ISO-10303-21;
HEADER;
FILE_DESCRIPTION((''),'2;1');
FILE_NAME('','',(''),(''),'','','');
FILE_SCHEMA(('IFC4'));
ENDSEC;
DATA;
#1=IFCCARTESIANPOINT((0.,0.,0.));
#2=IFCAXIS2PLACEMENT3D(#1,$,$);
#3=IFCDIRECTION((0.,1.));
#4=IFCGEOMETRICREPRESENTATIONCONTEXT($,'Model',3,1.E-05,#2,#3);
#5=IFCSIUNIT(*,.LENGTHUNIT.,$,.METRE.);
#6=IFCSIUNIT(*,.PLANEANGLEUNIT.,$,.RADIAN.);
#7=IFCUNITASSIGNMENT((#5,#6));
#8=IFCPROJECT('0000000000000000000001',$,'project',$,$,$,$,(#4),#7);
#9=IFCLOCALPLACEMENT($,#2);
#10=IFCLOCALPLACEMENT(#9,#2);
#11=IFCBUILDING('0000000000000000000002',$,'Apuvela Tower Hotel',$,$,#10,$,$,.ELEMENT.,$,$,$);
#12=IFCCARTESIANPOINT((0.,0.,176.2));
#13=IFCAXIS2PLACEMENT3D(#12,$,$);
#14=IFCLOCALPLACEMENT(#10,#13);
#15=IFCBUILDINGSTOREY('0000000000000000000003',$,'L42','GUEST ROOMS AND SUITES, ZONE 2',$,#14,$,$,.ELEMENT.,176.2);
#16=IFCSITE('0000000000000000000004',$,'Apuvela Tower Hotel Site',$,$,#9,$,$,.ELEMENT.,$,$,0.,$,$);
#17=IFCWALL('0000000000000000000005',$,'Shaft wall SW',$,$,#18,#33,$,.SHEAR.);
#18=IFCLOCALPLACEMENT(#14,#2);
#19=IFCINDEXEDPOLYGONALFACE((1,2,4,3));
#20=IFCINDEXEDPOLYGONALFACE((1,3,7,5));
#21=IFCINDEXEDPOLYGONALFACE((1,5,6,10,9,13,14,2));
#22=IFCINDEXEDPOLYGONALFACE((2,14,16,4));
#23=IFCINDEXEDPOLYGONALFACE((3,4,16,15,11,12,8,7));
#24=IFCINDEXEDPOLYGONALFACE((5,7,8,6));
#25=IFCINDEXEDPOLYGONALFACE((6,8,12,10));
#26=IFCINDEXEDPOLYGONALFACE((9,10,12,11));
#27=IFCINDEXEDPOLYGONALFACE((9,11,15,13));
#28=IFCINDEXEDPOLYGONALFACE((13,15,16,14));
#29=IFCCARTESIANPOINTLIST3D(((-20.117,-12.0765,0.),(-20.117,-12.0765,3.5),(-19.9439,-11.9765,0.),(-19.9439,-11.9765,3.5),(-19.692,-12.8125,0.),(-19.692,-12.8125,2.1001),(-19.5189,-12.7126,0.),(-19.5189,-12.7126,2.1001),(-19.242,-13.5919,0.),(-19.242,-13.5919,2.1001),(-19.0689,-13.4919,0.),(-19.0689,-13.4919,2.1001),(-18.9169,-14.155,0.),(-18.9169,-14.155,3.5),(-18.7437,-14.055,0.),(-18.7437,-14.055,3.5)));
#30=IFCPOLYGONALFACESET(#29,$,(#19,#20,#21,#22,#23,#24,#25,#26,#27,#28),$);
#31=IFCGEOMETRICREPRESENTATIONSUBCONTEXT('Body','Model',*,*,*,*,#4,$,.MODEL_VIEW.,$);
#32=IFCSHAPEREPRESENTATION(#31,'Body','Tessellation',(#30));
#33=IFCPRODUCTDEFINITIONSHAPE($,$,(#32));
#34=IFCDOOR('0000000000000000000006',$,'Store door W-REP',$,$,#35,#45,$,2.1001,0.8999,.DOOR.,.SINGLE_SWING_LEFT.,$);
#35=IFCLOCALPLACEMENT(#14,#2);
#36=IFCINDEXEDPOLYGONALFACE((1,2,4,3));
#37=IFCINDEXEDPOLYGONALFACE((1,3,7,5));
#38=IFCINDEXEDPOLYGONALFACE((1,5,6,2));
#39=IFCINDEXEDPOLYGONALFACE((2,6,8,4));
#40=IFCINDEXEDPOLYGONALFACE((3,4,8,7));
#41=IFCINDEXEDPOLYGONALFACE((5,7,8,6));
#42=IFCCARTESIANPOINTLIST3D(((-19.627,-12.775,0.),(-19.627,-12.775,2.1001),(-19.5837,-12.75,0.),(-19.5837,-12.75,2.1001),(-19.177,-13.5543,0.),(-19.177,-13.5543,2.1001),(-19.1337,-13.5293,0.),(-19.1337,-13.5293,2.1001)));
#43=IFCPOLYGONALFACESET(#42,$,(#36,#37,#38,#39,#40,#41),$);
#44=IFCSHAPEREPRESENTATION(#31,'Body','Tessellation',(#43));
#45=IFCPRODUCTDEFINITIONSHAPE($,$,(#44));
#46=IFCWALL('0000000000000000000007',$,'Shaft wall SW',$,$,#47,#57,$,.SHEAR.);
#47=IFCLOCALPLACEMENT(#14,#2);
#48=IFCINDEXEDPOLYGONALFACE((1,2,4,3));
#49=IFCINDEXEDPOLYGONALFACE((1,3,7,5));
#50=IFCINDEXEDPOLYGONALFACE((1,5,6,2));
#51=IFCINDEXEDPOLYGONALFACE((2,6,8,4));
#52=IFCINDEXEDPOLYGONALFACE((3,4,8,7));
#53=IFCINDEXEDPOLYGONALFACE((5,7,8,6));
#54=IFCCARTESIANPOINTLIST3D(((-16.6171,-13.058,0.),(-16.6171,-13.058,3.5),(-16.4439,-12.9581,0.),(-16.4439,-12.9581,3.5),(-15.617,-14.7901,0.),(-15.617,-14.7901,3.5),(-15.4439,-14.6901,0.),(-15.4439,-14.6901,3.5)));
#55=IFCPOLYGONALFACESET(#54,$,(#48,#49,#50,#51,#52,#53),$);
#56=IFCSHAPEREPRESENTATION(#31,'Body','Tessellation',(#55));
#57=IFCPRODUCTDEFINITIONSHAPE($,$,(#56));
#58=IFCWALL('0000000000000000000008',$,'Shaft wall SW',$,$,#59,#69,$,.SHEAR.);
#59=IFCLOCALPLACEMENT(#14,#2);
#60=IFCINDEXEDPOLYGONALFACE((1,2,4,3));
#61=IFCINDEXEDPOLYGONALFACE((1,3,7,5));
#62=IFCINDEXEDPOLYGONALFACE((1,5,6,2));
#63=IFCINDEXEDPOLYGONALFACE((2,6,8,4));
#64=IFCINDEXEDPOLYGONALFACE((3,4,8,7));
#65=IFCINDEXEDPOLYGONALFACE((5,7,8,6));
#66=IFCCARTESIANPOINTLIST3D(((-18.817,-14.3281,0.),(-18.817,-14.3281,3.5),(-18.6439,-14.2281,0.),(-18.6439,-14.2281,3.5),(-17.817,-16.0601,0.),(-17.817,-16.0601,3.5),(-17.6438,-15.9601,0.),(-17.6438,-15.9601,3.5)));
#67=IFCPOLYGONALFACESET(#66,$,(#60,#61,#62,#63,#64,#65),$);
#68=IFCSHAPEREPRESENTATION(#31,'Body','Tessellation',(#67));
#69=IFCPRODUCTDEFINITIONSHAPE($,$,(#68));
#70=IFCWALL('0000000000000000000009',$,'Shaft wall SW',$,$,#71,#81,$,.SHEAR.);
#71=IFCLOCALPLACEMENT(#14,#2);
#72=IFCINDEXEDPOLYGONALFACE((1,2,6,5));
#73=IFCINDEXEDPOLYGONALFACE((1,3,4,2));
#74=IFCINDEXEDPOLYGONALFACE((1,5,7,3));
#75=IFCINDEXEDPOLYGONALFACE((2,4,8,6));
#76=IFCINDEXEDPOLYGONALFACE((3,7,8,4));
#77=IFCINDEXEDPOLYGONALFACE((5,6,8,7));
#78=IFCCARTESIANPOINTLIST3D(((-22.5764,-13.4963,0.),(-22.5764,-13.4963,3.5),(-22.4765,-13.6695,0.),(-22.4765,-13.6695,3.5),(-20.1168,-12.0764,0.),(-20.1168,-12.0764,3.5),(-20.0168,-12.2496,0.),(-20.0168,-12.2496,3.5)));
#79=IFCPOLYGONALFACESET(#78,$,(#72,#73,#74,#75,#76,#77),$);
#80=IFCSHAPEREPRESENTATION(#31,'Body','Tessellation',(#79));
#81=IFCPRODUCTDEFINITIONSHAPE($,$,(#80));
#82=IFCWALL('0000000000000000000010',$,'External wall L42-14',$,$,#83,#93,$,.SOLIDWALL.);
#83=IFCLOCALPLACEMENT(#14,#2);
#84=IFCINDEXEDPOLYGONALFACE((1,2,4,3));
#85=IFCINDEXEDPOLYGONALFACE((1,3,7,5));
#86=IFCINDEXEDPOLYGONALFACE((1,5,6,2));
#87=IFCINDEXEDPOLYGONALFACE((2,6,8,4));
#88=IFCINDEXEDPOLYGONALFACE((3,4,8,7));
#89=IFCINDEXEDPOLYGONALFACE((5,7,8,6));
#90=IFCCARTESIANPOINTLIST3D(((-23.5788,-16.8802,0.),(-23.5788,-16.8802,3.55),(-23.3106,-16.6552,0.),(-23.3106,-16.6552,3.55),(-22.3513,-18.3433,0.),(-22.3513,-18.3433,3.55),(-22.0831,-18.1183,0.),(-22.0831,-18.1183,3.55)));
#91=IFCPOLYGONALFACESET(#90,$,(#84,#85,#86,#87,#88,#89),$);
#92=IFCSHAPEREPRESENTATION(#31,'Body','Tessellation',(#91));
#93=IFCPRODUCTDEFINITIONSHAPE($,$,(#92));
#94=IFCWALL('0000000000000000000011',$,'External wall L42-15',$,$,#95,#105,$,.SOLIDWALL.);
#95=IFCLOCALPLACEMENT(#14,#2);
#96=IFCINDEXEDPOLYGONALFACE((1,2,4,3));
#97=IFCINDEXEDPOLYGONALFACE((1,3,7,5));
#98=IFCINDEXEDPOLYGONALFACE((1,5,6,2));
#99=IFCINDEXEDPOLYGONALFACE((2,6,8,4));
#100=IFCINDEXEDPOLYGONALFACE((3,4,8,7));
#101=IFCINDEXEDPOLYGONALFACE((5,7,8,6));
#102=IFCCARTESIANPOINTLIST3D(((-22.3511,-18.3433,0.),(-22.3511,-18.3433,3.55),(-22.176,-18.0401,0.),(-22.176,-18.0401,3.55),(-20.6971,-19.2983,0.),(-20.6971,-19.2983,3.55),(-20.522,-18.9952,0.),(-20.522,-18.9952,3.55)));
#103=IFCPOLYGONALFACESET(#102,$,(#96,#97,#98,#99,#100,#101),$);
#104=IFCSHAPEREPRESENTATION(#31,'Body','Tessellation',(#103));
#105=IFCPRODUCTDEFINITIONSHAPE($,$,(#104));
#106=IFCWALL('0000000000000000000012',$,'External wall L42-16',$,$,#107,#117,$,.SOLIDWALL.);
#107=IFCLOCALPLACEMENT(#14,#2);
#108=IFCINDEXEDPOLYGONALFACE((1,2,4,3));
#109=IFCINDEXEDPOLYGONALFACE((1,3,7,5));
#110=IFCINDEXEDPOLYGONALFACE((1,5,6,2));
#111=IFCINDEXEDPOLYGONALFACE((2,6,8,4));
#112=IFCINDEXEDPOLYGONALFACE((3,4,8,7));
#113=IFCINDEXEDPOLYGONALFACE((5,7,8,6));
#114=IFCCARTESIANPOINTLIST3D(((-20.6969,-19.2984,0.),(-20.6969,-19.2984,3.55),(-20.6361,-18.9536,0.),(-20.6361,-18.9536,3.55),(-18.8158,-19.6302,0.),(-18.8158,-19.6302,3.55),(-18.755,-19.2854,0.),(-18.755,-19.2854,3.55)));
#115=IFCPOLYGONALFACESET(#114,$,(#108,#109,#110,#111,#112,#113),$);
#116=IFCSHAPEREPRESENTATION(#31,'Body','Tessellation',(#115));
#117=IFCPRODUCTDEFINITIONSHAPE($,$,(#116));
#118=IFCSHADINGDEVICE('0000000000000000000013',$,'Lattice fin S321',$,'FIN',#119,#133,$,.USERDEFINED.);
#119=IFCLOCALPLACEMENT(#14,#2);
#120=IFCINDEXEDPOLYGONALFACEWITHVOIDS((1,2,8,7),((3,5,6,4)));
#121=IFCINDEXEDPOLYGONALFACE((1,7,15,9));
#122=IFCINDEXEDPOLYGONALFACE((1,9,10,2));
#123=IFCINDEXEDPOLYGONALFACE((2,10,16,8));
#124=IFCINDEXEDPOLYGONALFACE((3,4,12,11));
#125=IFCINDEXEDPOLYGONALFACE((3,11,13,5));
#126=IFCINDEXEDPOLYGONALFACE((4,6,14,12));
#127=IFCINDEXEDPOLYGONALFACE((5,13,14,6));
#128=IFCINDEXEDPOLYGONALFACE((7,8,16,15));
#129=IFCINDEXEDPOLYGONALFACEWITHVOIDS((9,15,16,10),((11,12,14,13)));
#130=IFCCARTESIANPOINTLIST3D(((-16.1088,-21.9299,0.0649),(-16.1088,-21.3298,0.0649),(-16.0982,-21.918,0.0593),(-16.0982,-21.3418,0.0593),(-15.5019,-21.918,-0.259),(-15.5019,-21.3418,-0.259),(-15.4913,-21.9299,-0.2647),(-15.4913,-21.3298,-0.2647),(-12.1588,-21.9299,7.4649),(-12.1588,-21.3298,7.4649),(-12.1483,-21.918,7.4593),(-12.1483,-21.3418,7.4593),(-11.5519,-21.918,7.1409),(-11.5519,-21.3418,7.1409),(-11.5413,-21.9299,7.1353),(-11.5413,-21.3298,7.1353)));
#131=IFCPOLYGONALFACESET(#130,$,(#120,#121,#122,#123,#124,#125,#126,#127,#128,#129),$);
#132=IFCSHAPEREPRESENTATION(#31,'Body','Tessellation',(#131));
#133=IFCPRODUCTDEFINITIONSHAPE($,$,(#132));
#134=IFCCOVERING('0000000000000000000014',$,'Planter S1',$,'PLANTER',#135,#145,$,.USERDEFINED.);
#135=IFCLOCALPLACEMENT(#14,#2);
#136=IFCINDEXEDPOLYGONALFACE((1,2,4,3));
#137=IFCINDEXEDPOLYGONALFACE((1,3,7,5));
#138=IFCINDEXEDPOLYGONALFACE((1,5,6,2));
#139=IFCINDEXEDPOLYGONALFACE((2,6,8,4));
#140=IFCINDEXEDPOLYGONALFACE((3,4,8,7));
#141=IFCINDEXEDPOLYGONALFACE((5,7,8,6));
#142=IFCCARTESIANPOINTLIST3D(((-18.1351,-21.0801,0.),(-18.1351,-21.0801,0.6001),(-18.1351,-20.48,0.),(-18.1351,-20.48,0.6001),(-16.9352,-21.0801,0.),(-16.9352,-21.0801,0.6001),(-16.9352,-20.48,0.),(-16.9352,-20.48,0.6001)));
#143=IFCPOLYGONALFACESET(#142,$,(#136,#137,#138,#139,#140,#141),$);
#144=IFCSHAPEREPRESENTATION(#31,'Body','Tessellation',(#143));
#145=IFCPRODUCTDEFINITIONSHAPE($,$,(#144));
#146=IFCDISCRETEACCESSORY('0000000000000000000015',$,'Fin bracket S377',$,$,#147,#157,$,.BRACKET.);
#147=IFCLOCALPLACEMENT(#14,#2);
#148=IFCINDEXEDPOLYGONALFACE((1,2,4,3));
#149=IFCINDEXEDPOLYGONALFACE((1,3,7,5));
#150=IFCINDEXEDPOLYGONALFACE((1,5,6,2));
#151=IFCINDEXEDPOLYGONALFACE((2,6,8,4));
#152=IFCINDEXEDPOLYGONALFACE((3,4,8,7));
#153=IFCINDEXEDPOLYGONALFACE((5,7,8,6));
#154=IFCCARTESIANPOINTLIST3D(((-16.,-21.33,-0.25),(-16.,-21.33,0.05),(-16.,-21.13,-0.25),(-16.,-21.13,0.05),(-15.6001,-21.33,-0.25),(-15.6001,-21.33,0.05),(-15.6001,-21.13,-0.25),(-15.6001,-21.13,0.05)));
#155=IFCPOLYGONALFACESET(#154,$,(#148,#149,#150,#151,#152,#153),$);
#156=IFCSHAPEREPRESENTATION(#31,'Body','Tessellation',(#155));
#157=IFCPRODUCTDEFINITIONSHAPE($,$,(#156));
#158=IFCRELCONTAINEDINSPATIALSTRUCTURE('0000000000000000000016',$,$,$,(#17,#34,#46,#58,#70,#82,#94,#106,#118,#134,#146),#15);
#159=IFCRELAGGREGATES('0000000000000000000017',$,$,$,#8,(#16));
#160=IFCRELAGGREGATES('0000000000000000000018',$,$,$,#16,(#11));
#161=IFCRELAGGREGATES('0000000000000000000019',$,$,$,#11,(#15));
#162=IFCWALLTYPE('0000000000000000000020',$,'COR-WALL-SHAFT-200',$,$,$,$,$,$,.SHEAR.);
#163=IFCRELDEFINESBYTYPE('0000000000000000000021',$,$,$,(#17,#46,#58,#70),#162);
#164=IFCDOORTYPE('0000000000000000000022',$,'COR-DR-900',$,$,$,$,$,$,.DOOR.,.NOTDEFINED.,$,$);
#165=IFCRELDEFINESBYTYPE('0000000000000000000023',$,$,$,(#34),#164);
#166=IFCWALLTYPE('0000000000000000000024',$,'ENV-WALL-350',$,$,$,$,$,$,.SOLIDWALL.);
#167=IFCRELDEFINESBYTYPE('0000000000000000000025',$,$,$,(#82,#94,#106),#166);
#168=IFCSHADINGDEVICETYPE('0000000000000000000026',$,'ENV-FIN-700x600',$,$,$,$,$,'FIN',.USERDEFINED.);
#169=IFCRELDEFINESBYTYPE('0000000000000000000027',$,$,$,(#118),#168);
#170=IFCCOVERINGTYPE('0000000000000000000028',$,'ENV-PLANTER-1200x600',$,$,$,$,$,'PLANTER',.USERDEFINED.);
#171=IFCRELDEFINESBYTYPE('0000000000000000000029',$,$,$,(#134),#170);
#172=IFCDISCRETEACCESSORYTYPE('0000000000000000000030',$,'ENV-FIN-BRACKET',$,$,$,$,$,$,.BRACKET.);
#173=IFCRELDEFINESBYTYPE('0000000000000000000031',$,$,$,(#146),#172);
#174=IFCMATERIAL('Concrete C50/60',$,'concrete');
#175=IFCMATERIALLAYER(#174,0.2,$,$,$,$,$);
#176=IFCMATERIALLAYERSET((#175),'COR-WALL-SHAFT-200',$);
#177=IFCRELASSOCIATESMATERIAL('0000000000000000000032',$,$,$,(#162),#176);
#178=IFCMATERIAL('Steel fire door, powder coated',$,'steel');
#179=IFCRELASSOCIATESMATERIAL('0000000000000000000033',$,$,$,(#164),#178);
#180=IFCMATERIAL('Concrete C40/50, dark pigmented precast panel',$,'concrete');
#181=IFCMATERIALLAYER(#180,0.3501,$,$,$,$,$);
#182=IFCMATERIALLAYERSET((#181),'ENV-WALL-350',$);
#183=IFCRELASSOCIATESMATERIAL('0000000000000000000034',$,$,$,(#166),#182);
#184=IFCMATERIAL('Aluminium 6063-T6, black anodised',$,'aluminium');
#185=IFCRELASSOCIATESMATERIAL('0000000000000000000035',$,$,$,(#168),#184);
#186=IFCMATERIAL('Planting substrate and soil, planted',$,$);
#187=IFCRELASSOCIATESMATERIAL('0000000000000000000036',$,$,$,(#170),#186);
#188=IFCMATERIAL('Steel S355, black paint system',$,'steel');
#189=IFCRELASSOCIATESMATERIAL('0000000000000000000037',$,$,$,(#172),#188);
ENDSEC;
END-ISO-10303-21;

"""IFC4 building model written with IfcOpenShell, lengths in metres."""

from ifc_helpers import new_model, si_unit, direction, frame, frame_2d, origin, origin_2d, place, context, subcontext, project, spatial, rectangle, hollow_rectangle, extrude, material, layer, layer_set, material_profile, profile_set, type_object, element, fill, save


model = new_model("IFC4")

# Units and contexts
model_context = context("Model", 3, precision=1e-05, world=origin(), true_north=direction((0.0, 1.0)))
body_context = subcontext(model_context, "Body", "Model", "MODEL_VIEW")
ifc_project = project(units=[si_unit("LENGTHUNIT", "METRE"), si_unit("PLANEANGLEUNIT", "RADIAN")], contexts=[model_context])

# Site, building, storey
site_placement = place(None, origin())
site = spatial("IfcSite", under=ifc_project, at=site_placement, Name="Apuvela Tower Hotel Site", CompositionType="ELEMENT", RefElevation=0.0)
building_placement = place(site_placement, origin())
building = spatial("IfcBuilding", under=site, at=building_placement, Name="Apuvela Tower Hotel", CompositionType="ELEMENT")
storey_placement = place(building_placement, frame((0.0, 0.0, 176.2)))
storey = spatial("IfcBuildingStorey", under=building, at=storey_placement, Name="L42", Description="GUEST ROOMS AND SUITES, ZONE 2", CompositionType="ELEMENT", Elevation=176.2)

# Wall, opening, door
ifc_material_1 = material(Name="Concrete C50/60", Category="concrete")
ifc_layer_1 = layer(ifc_material_1, 0.2)
ifc_layer_set_1 = layer_set([ifc_layer_1], Name="COR-WALL-SHAFT-200")
wall_type_1 = type_object("IfcWallType", Name="COR-WALL-SHAFT-200", PredefinedType="SHEAR", material=ifc_layer_set_1)
wall_1_placement = place(storey_placement, frame((-20.0305, -12.0264, 0.0), z_axis=(0.0, 0.0, 1.0), x_axis=(0.500034, -0.866006, 0.0)))
wall_1 = element("IfcWall", 1, at=wall_1_placement, inside=storey, type_object=wall_type_1, Name="Shaft wall SW", PredefinedType="SHEAR", context=body_context, shape_type="SweptSolid", body=[
    extrude(rectangle(XDim=2.4001, YDim=0.2, at=frame_2d((1.2002, 0.0))), origin(), (0.0, 0.0, 1.0), 3.5),
])
opening_1_placement = place(wall_1_placement, frame((0.8501, 0.0, 0.0)))
opening_1 = element("IfcOpeningElement", 2, at=opening_1_placement, cuts=wall_1, PredefinedType="OPENING", context=body_context, shape_type="SweptSolid", body=[
    extrude(rectangle(XDim=0.8999, YDim=2.1001, at=frame_2d((0.45, 1.05))), frame((0.0, 0.1099, 0.0), z_axis=(0.0, -1.0, 0.0), x_axis=(1.0, 0.0, 0.0)), (0.0, 0.0, 1.0), 0.22),
])
ifc_material_2 = material(Name="Steel fire door, powder coated", Category="steel")
door_type_1 = type_object("IfcDoorType", Name="COR-DR-900", OperationType="NOTDEFINED", PredefinedType="DOOR", material=ifc_material_2)
door_1_placement = place(opening_1_placement, frame((0.8999, 0.0, 0.0), z_axis=(0.0, 0.0, 1.0), x_axis=(-1.0, 0.0, 0.0)))
door_1 = element("IfcDoor", 3, at=door_1_placement, inside=storey, type_object=door_type_1, Name="Store door W-REP", OperationType="SINGLE_SWING_LEFT", OverallHeight=2.1001, OverallWidth=0.8999, PredefinedType="DOOR", context=body_context, shape_type="SweptSolid", body=[
    extrude(rectangle(XDim=0.8999, YDim=2.1001, at=frame_2d((0.45, 1.05))), frame((0.0, 0.0249, 0.0), z_axis=(0.0, -1.0, 0.0), x_axis=(1.0, 0.0, 0.0)), (0.0, 0.0, 1.0), 0.05),
])
fill(opening_1, door_1)

# Walls
for number, where, z_axis, x_axis, name in (
    (4, (-16.5305, -13.0081, 0.0), (0.0, 0.0, 1.0), (0.500025, -0.866011, 0.0), "Shaft wall SW"),
    (5, (-18.7305, -14.2781, 0.0), (0.0, 0.0, 1.0), (0.500025, -0.866011, 0.0), "Shaft wall SW"),
):
    element("IfcWall", number, at=place(storey_placement, frame(where, z_axis=z_axis, x_axis=x_axis)), inside=storey, type_object=wall_type_1, Name=name, PredefinedType="SHEAR", context=body_context, shape_type="SweptSolid", body=[
        extrude(rectangle(XDim=2.0, YDim=0.2, at=frame_2d((1.0, 0.0))), origin(), (0.0, 0.0, 1.0), 3.5),
    ])
wall_2_placement = place(storey_placement, frame((-20.0669, -12.1631, 0.0), z_axis=(0.0, 0.0, 1.0), x_axis=(-0.866055, -0.499948, 0.0)))
element("IfcWall", 6, at=wall_2_placement, inside=storey, type_object=wall_type_1, Name="Shaft wall SW", PredefinedType="SHEAR", context=body_context, shape_type="SweptSolid", body=[
    extrude(rectangle(XDim=2.8401, YDim=0.2, at=frame_2d((1.4199, 0.0))), origin(), (0.0, 0.0, 1.0), 3.5),
])
ifc_material_3 = material(Name="Concrete C40/50, dark pigmented precast panel", Category="concrete")
ifc_layer_2 = layer(ifc_material_3, 0.3501)
ifc_layer_set_2 = layer_set([ifc_layer_2], Name="ENV-WALL-350")
wall_type_2 = type_object("IfcWallType", Name="ENV-WALL-350", PredefinedType="SOLIDWALL", material=ifc_layer_set_2)
for number, where, z_axis, x_axis, name in (
    (7, (-23.4448, -16.7676, 0.0), (0.0, 0.0, 1.0), (0.642733, -0.76609, 0.0), "External wall L42-14"),
    (8, (-22.2637, -18.1917, 0.0), (0.0, 0.0, 1.0), (0.866, -0.500043, 0.0), "External wall L42-15"),
):
    element("IfcWall", number, at=place(storey_placement, frame(where, z_axis=z_axis, x_axis=x_axis)), inside=storey, type_object=wall_type_2, Name=name, PredefinedType="SOLIDWALL", context=body_context, shape_type="SweptSolid", body=[
        extrude(rectangle(XDim=1.9099, YDim=0.3501, at=frame_2d((0.9551, 0.0))), origin(), (0.0, 0.0, 1.0), 3.55),
    ])
wall_3_placement = place(storey_placement, frame((-20.6665, -19.126, 0.0), z_axis=(0.0, 0.0, 1.0), x_axis=(0.984799, -0.173698, 0.0)))
element("IfcWall", 9, at=wall_3_placement, inside=storey, type_object=wall_type_2, Name="External wall L42-16", PredefinedType="SOLIDWALL", context=body_context, shape_type="SweptSolid", body=[
    extrude(rectangle(XDim=1.9102, YDim=0.3501, at=frame_2d((0.9551, 0.0))), origin(), (0.0, 0.0, 1.0), 3.55),
])

# Shading device
ifc_material_4 = material(Name="Aluminium 6063-T6, black anodised", Category="aluminium")
ifc_material_profile_1 = material_profile(ifc_material_4, hollow_rectangle(XDim=0.6001, YDim=0.7, WallThickness=0.012, at=origin_2d()), Name="AL BOX 700x600x12")
ifc_profile_set_1 = profile_set([ifc_material_profile_1], Name="Aluminium 6063-T6, black anodised")
shading_device_type = type_object("IfcShadingDeviceType", Name="ENV-FIN-700x600", ElementType="FIN", PredefinedType="USERDEFINED", material=ifc_profile_set_1)
shading_device_placement = place(storey_placement, frame((-15.8, -21.6299, -0.0999), z_axis=(0.470898, 0.0, 0.882188), x_axis=(0.0, 1.0, 0.0)))
element("IfcShadingDevice", 10, at=shading_device_placement, inside=storey, type_object=shading_device_type, Name="Lattice fin S321", ObjectType="FIN", PredefinedType="USERDEFINED", context=body_context, shape_type="SweptSolid", body=[
    extrude(hollow_rectangle(XDim=0.6001, YDim=0.7, WallThickness=0.012, at=origin_2d()), origin(), (0.0, 0.0, 1.0), 8.3882),
])

# Covering
ifc_material_5 = material(Name="Planting substrate and soil, planted")
covering_type = type_object("IfcCoveringType", Name="ENV-PLANTER-1200x600", ElementType="PLANTER", PredefinedType="USERDEFINED", material=ifc_material_5)
covering_placement = place(storey_placement, frame((-17.5352, -20.78, 0.0), z_axis=(0.0, 0.0, 1.0), x_axis=(1.0, 0.0, 0.0)))
element("IfcCovering", 11, at=covering_placement, inside=storey, type_object=covering_type, Name="Planter S1", ObjectType="PLANTER", PredefinedType="USERDEFINED", context=body_context, shape_type="SweptSolid", body=[
    extrude(rectangle(XDim=1.2, YDim=0.6001, at=origin_2d()), origin(), (0.0, 0.0, 1.0), 0.6001),
])

# Discrete accessory
ifc_material_6 = material(Name="Steel S355, black paint system", Category="steel")
discrete_accessory_type = type_object("IfcDiscreteAccessoryType", Name="ENV-FIN-BRACKET", PredefinedType="BRACKET", material=ifc_material_6)
discrete_accessory_placement = place(storey_placement, frame((-15.8, -21.23, -0.25), z_axis=(0.0, 0.0, 1.0), x_axis=(1.0, 0.0, 0.0)))
element("IfcDiscreteAccessory", 12, at=discrete_accessory_placement, inside=storey, type_object=discrete_accessory_type, Name="Fin bracket S377", PredefinedType="BRACKET", context=body_context, shape_type="SweptSolid", body=[
    extrude(rectangle(XDim=0.3999, YDim=0.2, at=origin_2d()), origin(), (0.0, 0.0, 1.0), 0.3),
])

save(model, "model.ifc")
